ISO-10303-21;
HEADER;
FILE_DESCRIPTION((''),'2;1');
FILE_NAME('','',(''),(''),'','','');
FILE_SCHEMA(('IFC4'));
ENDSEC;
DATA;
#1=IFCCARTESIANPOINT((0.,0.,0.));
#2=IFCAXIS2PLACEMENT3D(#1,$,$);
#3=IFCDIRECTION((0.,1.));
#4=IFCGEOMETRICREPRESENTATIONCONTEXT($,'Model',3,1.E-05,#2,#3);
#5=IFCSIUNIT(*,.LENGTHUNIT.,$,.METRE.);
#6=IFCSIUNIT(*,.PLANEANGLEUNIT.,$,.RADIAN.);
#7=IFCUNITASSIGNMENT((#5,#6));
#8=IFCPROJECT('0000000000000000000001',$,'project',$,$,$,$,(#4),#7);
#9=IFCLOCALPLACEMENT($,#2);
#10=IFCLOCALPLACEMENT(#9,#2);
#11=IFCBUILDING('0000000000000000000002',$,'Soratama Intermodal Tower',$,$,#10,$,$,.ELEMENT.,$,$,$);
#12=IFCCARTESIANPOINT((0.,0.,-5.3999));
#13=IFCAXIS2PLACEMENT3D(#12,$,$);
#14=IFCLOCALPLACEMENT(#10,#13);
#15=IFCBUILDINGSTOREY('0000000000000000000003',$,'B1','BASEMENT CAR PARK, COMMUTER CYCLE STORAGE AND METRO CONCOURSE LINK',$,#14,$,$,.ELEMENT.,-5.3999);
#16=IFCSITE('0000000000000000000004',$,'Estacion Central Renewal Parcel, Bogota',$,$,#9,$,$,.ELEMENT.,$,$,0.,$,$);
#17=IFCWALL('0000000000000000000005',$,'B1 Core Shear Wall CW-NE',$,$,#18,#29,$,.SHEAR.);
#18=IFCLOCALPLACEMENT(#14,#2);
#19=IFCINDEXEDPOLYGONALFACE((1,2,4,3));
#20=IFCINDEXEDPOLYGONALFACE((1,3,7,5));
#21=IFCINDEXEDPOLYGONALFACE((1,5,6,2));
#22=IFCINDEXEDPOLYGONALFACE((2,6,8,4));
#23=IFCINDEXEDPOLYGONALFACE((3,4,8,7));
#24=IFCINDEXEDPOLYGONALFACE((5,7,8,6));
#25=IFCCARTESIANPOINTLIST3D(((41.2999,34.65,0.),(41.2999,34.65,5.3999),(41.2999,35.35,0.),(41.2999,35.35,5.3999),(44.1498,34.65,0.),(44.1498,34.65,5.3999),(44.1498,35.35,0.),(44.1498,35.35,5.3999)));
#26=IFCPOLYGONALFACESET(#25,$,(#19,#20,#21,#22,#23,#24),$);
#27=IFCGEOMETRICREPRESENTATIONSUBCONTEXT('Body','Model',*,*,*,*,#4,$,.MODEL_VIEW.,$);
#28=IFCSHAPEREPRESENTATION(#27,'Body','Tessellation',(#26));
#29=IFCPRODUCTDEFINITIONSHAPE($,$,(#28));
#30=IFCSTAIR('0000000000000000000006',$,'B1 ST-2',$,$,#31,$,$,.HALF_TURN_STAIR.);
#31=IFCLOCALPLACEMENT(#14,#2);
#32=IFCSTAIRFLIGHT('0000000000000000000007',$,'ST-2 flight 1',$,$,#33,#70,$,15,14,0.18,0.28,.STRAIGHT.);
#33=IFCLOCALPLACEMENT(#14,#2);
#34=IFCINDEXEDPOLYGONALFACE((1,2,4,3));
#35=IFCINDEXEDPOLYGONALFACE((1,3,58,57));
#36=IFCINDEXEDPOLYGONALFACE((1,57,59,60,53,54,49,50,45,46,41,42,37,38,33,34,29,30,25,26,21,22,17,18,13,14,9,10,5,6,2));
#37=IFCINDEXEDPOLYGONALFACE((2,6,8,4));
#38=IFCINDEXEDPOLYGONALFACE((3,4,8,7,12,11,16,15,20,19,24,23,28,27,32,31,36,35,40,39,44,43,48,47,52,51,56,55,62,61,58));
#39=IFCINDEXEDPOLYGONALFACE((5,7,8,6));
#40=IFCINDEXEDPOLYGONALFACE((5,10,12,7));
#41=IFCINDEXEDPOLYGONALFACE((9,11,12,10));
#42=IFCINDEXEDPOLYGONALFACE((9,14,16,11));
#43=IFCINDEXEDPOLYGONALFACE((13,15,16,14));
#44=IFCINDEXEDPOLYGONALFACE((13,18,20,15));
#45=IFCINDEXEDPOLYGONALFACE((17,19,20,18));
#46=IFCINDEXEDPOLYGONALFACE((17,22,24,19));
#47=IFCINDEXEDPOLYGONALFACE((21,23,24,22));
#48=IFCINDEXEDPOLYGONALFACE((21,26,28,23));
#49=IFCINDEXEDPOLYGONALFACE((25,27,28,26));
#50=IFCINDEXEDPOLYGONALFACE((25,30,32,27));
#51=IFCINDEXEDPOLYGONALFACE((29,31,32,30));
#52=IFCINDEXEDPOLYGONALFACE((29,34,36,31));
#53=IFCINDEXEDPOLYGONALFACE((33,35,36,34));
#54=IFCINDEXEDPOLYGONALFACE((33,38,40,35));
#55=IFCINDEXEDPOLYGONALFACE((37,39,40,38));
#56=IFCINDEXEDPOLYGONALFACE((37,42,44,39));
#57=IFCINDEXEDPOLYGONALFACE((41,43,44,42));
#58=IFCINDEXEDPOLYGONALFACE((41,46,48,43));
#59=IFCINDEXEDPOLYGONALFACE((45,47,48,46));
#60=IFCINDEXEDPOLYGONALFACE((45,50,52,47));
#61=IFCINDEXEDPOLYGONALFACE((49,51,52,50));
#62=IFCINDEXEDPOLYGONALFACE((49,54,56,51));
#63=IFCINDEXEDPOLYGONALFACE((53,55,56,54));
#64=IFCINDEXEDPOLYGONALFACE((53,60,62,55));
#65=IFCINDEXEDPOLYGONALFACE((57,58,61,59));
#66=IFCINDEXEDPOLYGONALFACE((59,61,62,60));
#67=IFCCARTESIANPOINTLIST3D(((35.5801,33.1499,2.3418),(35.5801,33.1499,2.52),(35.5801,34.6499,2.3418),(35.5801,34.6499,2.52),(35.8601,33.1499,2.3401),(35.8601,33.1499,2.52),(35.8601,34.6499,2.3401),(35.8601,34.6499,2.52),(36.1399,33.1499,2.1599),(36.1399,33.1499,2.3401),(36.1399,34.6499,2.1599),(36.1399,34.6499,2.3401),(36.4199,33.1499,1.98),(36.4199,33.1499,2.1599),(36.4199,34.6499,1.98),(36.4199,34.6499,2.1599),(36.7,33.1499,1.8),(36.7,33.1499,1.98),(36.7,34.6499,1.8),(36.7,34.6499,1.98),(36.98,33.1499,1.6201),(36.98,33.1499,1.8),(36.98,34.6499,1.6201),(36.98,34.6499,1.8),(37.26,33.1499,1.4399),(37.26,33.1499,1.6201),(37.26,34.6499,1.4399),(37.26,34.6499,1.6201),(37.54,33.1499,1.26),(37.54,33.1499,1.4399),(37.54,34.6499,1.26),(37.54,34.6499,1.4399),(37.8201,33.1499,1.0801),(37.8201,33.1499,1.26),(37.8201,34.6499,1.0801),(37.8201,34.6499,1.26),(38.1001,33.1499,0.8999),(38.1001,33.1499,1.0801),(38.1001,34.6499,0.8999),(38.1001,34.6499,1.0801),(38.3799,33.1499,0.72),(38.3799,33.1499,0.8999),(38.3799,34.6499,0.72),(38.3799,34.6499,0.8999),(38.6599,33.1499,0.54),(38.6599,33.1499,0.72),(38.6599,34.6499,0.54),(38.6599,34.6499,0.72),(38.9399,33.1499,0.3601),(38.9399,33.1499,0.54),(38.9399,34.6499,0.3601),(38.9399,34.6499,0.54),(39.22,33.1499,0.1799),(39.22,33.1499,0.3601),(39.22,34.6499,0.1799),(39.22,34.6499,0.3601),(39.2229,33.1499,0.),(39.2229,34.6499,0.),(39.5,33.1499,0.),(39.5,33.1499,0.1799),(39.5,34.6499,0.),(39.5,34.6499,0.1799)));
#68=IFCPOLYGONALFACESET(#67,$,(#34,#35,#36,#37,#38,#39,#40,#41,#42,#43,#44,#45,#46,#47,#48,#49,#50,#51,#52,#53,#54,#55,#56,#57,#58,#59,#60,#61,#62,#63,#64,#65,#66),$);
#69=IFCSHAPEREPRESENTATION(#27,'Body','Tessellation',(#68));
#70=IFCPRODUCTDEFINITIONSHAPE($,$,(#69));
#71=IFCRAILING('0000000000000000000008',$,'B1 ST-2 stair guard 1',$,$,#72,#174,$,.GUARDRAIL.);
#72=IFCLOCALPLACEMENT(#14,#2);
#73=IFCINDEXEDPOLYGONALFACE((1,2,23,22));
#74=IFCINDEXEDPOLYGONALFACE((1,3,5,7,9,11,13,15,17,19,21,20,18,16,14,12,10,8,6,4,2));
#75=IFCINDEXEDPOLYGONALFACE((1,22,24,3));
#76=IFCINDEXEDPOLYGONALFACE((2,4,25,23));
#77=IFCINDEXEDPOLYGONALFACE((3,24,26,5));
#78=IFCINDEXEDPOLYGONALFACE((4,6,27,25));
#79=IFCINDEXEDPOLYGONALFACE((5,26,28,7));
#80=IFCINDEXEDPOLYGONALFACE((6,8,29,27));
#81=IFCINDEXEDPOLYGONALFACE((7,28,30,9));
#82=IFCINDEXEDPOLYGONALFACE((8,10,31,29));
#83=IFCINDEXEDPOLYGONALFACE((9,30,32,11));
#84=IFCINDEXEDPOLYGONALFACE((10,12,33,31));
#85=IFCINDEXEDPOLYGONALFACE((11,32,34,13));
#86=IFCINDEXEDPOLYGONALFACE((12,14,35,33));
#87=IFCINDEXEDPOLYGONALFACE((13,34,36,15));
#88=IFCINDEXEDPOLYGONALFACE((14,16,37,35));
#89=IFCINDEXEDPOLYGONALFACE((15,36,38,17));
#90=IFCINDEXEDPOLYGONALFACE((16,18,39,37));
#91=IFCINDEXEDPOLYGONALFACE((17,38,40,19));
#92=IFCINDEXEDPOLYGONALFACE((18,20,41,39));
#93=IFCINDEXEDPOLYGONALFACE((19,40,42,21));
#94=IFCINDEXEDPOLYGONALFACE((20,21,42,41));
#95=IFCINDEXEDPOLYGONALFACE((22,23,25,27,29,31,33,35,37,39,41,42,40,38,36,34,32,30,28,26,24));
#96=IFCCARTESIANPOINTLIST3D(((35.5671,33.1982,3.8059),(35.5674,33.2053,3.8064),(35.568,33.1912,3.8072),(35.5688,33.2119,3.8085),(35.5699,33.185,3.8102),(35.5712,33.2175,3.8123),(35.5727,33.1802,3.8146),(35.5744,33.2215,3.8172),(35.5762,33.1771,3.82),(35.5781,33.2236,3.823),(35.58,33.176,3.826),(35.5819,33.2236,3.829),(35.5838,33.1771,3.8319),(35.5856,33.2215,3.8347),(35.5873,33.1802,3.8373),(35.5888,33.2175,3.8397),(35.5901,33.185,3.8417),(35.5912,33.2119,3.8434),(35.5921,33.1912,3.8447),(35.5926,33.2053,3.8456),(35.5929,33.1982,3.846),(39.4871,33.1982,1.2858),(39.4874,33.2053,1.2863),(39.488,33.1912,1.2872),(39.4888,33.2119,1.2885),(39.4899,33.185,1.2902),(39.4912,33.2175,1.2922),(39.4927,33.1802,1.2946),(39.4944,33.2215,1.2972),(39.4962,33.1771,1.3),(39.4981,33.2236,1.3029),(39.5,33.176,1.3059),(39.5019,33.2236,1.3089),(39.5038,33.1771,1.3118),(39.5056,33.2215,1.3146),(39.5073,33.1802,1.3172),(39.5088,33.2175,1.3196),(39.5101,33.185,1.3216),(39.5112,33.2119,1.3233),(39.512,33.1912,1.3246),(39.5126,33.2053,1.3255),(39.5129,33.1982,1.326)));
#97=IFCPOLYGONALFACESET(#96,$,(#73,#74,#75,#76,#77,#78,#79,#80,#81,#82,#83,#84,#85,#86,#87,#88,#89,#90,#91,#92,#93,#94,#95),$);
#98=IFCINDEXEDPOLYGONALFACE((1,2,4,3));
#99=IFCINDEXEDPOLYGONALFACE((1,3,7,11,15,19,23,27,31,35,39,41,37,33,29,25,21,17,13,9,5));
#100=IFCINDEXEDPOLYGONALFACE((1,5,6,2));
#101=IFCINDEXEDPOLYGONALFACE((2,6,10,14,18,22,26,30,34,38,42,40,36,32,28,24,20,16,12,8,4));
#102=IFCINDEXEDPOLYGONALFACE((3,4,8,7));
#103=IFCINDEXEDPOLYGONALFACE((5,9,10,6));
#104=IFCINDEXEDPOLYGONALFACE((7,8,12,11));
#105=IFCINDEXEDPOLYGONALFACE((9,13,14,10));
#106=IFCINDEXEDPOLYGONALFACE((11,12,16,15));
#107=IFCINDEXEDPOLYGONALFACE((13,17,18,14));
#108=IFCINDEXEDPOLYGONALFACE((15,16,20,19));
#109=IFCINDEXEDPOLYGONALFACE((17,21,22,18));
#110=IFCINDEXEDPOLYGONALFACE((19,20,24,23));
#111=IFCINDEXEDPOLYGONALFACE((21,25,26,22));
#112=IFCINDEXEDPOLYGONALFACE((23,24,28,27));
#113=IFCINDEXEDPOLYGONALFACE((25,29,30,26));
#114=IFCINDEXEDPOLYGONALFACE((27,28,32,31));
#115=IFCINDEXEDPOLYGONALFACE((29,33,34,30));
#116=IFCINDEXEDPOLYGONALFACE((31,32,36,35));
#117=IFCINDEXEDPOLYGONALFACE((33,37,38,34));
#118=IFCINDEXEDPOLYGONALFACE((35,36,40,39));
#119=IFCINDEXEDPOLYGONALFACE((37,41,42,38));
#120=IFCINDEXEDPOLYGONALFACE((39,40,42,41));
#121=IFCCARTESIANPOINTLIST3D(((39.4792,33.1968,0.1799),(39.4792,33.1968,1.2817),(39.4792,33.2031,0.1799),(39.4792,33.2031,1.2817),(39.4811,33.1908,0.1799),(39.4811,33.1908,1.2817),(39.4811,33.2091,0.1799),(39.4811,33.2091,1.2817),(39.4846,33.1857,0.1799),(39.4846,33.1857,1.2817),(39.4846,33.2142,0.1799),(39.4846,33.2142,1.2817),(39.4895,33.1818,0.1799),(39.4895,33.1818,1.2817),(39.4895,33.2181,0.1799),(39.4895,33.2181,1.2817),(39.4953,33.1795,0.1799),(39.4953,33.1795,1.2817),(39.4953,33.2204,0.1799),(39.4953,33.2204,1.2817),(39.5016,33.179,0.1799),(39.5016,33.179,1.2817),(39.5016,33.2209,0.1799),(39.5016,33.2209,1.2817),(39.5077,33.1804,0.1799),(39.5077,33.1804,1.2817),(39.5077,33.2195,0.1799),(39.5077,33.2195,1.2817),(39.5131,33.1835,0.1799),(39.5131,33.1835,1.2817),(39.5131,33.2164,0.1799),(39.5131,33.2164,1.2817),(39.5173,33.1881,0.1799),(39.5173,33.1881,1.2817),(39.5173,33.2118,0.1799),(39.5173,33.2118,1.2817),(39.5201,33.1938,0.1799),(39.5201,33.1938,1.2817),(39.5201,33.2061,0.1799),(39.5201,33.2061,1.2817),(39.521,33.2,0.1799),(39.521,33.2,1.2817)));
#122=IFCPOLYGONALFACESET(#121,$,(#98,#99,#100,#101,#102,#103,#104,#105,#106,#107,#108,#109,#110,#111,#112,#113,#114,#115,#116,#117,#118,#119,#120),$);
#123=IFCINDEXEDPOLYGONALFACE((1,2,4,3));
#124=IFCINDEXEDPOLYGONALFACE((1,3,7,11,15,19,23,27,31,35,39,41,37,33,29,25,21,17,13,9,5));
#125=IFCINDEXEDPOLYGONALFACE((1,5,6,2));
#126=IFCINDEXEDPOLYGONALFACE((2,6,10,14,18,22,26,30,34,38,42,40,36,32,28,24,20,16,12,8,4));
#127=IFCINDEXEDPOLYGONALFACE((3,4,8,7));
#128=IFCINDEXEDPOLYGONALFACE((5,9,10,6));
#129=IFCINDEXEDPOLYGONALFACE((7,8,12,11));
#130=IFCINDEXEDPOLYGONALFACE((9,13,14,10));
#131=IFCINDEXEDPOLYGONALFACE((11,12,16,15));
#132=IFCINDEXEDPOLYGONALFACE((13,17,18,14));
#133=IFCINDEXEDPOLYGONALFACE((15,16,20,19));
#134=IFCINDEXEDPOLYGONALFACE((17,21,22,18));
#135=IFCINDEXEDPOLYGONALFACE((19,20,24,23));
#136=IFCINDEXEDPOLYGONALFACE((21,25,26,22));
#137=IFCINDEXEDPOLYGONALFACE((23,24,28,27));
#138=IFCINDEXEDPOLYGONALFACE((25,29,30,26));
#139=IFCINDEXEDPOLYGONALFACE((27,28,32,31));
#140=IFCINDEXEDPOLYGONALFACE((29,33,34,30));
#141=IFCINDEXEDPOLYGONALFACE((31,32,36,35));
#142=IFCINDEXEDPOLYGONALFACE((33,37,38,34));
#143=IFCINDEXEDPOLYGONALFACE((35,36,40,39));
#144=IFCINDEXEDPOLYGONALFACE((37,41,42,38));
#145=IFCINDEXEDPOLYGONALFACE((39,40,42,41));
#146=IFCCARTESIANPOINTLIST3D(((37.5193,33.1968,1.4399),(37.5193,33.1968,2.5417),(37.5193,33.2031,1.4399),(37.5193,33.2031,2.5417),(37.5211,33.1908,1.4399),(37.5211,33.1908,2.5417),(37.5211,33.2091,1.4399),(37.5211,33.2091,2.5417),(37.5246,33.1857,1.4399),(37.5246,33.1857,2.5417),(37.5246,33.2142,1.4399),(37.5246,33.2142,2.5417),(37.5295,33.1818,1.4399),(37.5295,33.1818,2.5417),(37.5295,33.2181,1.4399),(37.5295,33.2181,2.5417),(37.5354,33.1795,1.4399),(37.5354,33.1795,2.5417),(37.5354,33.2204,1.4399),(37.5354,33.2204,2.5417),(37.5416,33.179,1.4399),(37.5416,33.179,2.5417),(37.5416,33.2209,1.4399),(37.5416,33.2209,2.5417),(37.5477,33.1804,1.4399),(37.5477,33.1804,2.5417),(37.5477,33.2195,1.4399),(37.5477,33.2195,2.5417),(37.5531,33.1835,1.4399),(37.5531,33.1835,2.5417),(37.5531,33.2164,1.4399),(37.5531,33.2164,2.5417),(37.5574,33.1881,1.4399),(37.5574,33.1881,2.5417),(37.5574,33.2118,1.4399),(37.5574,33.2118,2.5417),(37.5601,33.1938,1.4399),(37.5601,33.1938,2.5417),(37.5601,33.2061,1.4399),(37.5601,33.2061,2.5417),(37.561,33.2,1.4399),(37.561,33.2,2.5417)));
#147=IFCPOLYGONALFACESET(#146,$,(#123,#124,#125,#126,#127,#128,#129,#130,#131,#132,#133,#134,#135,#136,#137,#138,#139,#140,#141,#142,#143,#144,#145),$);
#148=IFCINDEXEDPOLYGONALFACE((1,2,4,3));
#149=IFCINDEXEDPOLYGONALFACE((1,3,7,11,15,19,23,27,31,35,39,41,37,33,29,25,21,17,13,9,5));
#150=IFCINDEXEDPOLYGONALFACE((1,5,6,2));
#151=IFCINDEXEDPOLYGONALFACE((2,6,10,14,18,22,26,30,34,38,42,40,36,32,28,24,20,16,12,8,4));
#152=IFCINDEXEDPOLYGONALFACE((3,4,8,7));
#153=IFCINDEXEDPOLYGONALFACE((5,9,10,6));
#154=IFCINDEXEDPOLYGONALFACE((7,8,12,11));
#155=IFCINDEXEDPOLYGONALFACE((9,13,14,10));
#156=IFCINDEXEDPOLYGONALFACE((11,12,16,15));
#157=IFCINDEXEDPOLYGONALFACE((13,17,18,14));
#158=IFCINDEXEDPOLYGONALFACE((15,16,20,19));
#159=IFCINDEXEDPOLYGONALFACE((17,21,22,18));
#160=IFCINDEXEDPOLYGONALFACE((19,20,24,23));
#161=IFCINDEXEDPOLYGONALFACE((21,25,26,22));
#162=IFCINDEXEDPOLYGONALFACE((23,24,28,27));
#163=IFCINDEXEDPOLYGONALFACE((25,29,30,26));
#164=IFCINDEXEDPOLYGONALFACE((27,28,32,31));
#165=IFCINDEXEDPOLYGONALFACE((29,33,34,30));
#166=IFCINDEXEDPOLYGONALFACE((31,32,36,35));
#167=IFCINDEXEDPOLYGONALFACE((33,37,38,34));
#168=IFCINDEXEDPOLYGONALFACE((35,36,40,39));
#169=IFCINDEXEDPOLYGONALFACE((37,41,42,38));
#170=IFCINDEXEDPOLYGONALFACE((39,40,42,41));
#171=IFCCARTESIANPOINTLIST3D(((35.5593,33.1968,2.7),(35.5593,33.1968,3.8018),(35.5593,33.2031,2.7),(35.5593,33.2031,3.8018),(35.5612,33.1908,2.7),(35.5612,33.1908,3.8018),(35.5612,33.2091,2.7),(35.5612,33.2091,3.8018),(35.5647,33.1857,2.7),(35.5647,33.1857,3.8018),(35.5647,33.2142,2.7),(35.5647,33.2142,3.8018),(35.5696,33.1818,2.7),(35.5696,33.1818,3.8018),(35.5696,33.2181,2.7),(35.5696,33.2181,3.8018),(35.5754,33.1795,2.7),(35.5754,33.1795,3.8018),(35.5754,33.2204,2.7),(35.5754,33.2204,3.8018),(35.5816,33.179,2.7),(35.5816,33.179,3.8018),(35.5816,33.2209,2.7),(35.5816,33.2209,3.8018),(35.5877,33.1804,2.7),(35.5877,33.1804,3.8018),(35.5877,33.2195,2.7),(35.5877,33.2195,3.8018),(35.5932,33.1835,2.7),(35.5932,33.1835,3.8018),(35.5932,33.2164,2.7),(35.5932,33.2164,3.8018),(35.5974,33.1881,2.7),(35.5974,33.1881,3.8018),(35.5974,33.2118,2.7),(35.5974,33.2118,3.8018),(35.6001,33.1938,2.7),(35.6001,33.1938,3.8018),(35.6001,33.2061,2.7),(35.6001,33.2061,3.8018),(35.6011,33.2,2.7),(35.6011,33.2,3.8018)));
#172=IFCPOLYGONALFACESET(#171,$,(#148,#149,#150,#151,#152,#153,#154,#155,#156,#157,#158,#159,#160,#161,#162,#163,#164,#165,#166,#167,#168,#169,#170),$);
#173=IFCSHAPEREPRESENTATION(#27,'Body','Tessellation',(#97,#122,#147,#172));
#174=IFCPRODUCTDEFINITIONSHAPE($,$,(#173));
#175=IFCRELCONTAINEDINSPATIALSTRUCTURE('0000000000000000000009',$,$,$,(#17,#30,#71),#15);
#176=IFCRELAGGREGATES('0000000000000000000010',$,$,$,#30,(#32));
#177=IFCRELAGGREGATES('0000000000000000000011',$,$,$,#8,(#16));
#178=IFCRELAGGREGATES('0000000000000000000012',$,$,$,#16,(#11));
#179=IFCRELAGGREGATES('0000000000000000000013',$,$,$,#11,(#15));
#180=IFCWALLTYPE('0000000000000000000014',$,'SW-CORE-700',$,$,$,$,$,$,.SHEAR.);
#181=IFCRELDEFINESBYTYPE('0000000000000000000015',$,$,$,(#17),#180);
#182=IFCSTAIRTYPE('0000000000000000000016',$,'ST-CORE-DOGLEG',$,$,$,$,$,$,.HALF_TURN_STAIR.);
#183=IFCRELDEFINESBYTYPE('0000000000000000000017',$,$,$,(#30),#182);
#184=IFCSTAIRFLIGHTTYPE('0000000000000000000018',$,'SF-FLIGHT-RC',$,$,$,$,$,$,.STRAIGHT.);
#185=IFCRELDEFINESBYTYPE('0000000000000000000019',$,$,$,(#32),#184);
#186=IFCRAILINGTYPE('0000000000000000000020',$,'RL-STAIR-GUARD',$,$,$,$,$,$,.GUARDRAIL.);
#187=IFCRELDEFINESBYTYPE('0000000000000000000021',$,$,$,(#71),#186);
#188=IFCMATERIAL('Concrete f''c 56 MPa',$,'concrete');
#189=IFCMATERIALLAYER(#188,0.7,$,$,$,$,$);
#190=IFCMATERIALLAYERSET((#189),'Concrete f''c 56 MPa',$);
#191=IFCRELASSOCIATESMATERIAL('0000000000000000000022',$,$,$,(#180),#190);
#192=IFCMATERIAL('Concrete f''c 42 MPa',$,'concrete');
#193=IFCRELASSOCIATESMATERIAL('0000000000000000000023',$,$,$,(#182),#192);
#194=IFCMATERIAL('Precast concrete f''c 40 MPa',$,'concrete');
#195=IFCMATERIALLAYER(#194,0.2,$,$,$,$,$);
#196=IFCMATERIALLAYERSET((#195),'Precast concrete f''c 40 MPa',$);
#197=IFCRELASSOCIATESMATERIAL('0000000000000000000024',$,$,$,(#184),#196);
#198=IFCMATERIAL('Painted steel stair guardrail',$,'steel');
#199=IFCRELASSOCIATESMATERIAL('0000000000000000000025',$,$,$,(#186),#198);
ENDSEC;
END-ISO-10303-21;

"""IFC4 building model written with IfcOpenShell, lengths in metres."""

from ifc_helpers import new_model, si_unit, direction, frame, frame_2d, origin, origin_2d, place, context, subcontext, project, spatial, polyline, rectangle, circle, outline, extrude, material, layer, layer_set, type_object, element, aggregate, save


model = new_model("IFC4")

# Units and contexts
model_context = context("Model", 3, precision=1e-05, world=origin(), true_north=direction((0.0, 1.0)))
body_context = subcontext(model_context, "Body", "Model", "MODEL_VIEW")
ifc_project = project(units=[si_unit("LENGTHUNIT", "METRE"), si_unit("PLANEANGLEUNIT", "RADIAN")], contexts=[model_context])

# Site, building, storey
site_placement = place(None, origin())
site = spatial("IfcSite", under=ifc_project, at=site_placement, Name="Estacion Central Renewal Parcel, Bogota", CompositionType="ELEMENT", RefElevation=0.0)
building_placement = place(site_placement, origin())
building = spatial("IfcBuilding", under=site, at=building_placement, Name="Soratama Intermodal Tower", CompositionType="ELEMENT")
storey_placement = place(building_placement, frame((0.0, 0.0, -5.3999)))
storey = spatial("IfcBuildingStorey", under=building, at=storey_placement, Name="B1", Description="BASEMENT CAR PARK, COMMUTER CYCLE STORAGE AND METRO CONCOURSE LINK", CompositionType="ELEMENT", Elevation=-5.3999)

# Wall
ifc_material_1 = material(Name="Concrete f'c 56 MPa", Category="concrete")
ifc_layer_1 = layer(ifc_material_1, 0.7)
ifc_layer_set_1 = layer_set([ifc_layer_1], Name="Concrete f'c 56 MPa")
wall_type_1 = type_object("IfcWallType", Name="SW-CORE-700", PredefinedType="SHEAR", material=ifc_layer_set_1)
wall_1_placement = place(storey_placement, frame((41.3, 35.0, 0.0), z_axis=(0.0, 0.0, 1.0), x_axis=(1.0, 0.0, 0.0)))
element("IfcWall", 1, at=wall_1_placement, inside=storey, type_object=wall_type_1, Name="B1 Core Shear Wall CW-NE", PredefinedType="SHEAR", context=body_context, shape_type="SweptSolid", body=[
    extrude(rectangle(XDim=2.8499, YDim=0.7, at=frame_2d((1.4248, 0.0))), origin(), (0.0, 0.0, 1.0), 5.3999),
])

# Stair, stair flight
ifc_material_2 = material(Name="Concrete f'c 42 MPa", Category="concrete")
stair_type = type_object("IfcStairType", Name="ST-CORE-DOGLEG", PredefinedType="HALF_TURN_STAIR", material=ifc_material_2)
stair_placement = place(storey_placement, origin())
stair = element("IfcStair", 2, at=stair_placement, inside=storey, type_object=stair_type, Name="B1 ST-2", PredefinedType="HALF_TURN_STAIR")
ifc_material_3 = material(Name="Precast concrete f'c 40 MPa", Category="concrete")
ifc_layer_2 = layer(ifc_material_3, 0.2)
ifc_layer_set_2 = layer_set([ifc_layer_2], Name="Precast concrete f'c 40 MPa")
stair_flight_type = type_object("IfcStairFlightType", Name="SF-FLIGHT-RC", PredefinedType="STRAIGHT", material=ifc_layer_set_2)
stair_flight_placement = place(storey_placement, frame((39.5, 33.8999, 0.0), z_axis=(0.0, 0.0, 1.0), x_axis=(-1.0, 0.0, 0.0)))
stair_flight = element("IfcStairFlight", 3, at=stair_flight_placement, type_object=stair_flight_type, Name="ST-2 flight 1", NumberOfRisers=15, NumberOfTreads=14, PredefinedType="STRAIGHT", RiserHeight=0.18, TreadLength=0.28, context=body_context, shape_type="SweptSolid", body=[
    extrude(outline(polyline([(0.0, 0.0), (0.0, 0.1799), (0.28, 0.1799), (0.28, 0.3601), (0.5601, 0.3601), (0.5601, 0.54), (0.8401, 0.54), (0.8401, 0.72), (1.1201, 0.72), (1.1201, 0.8999), (1.3999, 0.8999), (1.3999, 1.0801), (1.6799, 1.0801), (1.6799, 1.26), (1.96, 1.26), (1.96, 1.4399), (2.24, 1.4399), (2.24, 1.6201), (2.52, 1.6201), (2.52, 1.8), (2.8, 1.8), (2.8, 1.98), (3.0801, 1.98), (3.0801, 2.1599), (3.3601, 2.1599), (3.3601, 2.3401), (3.6399, 2.3401), (3.6399, 2.52), (3.9199, 2.52), (3.9199, 2.7), (3.9199, 2.3418), (0.2771, 0.0), (0.0, 0.0)])), frame((0.0, 0.75, 0.0), z_axis=(0.0, -1.0, 0.0), x_axis=(1.0, 0.0, 0.0)), (0.0, 0.0, 1.0), 1.5),
])
aggregate(stair, [stair_flight])

# Railing
ifc_material_4 = material(Name="Painted steel stair guardrail", Category="steel")
railing_type_1 = type_object("IfcRailingType", Name="RL-STAIR-GUARD", PredefinedType="GUARDRAIL", material=ifc_material_4)
railing_1_placement = place(storey_placement, frame((39.5, 33.2, 0.1799)))
element("IfcRailing", 4, at=railing_1_placement, inside=storey, type_object=railing_type_1, Name="B1 ST-2 stair guard 1", PredefinedType="GUARDRAIL", context=body_context, shape_type="SweptSolid", body=[
    extrude(circle(Radius=0.0239, at=origin_2d()), frame((0.0, 0.0, 1.126), z_axis=(-0.841172, 0.0, 0.540768), x_axis=(0.0, -1.0, 0.0)), (0.0, 0.0, 1.0), 4.6602),
    extrude(circle(Radius=0.021, at=origin_2d()), origin(), (0.0, 0.0, 1.0), 1.1018),
    extrude(circle(Radius=0.021, at=origin_2d()), frame((-1.96, 0.0, 1.26)), (0.0, 0.0, 1.0), 1.1018),
    extrude(circle(Radius=0.021, at=origin_2d()), frame((-3.9199, 0.0, 2.52)), (0.0, 0.0, 1.0), 1.1018),
])

save(model, "model.ifc")
